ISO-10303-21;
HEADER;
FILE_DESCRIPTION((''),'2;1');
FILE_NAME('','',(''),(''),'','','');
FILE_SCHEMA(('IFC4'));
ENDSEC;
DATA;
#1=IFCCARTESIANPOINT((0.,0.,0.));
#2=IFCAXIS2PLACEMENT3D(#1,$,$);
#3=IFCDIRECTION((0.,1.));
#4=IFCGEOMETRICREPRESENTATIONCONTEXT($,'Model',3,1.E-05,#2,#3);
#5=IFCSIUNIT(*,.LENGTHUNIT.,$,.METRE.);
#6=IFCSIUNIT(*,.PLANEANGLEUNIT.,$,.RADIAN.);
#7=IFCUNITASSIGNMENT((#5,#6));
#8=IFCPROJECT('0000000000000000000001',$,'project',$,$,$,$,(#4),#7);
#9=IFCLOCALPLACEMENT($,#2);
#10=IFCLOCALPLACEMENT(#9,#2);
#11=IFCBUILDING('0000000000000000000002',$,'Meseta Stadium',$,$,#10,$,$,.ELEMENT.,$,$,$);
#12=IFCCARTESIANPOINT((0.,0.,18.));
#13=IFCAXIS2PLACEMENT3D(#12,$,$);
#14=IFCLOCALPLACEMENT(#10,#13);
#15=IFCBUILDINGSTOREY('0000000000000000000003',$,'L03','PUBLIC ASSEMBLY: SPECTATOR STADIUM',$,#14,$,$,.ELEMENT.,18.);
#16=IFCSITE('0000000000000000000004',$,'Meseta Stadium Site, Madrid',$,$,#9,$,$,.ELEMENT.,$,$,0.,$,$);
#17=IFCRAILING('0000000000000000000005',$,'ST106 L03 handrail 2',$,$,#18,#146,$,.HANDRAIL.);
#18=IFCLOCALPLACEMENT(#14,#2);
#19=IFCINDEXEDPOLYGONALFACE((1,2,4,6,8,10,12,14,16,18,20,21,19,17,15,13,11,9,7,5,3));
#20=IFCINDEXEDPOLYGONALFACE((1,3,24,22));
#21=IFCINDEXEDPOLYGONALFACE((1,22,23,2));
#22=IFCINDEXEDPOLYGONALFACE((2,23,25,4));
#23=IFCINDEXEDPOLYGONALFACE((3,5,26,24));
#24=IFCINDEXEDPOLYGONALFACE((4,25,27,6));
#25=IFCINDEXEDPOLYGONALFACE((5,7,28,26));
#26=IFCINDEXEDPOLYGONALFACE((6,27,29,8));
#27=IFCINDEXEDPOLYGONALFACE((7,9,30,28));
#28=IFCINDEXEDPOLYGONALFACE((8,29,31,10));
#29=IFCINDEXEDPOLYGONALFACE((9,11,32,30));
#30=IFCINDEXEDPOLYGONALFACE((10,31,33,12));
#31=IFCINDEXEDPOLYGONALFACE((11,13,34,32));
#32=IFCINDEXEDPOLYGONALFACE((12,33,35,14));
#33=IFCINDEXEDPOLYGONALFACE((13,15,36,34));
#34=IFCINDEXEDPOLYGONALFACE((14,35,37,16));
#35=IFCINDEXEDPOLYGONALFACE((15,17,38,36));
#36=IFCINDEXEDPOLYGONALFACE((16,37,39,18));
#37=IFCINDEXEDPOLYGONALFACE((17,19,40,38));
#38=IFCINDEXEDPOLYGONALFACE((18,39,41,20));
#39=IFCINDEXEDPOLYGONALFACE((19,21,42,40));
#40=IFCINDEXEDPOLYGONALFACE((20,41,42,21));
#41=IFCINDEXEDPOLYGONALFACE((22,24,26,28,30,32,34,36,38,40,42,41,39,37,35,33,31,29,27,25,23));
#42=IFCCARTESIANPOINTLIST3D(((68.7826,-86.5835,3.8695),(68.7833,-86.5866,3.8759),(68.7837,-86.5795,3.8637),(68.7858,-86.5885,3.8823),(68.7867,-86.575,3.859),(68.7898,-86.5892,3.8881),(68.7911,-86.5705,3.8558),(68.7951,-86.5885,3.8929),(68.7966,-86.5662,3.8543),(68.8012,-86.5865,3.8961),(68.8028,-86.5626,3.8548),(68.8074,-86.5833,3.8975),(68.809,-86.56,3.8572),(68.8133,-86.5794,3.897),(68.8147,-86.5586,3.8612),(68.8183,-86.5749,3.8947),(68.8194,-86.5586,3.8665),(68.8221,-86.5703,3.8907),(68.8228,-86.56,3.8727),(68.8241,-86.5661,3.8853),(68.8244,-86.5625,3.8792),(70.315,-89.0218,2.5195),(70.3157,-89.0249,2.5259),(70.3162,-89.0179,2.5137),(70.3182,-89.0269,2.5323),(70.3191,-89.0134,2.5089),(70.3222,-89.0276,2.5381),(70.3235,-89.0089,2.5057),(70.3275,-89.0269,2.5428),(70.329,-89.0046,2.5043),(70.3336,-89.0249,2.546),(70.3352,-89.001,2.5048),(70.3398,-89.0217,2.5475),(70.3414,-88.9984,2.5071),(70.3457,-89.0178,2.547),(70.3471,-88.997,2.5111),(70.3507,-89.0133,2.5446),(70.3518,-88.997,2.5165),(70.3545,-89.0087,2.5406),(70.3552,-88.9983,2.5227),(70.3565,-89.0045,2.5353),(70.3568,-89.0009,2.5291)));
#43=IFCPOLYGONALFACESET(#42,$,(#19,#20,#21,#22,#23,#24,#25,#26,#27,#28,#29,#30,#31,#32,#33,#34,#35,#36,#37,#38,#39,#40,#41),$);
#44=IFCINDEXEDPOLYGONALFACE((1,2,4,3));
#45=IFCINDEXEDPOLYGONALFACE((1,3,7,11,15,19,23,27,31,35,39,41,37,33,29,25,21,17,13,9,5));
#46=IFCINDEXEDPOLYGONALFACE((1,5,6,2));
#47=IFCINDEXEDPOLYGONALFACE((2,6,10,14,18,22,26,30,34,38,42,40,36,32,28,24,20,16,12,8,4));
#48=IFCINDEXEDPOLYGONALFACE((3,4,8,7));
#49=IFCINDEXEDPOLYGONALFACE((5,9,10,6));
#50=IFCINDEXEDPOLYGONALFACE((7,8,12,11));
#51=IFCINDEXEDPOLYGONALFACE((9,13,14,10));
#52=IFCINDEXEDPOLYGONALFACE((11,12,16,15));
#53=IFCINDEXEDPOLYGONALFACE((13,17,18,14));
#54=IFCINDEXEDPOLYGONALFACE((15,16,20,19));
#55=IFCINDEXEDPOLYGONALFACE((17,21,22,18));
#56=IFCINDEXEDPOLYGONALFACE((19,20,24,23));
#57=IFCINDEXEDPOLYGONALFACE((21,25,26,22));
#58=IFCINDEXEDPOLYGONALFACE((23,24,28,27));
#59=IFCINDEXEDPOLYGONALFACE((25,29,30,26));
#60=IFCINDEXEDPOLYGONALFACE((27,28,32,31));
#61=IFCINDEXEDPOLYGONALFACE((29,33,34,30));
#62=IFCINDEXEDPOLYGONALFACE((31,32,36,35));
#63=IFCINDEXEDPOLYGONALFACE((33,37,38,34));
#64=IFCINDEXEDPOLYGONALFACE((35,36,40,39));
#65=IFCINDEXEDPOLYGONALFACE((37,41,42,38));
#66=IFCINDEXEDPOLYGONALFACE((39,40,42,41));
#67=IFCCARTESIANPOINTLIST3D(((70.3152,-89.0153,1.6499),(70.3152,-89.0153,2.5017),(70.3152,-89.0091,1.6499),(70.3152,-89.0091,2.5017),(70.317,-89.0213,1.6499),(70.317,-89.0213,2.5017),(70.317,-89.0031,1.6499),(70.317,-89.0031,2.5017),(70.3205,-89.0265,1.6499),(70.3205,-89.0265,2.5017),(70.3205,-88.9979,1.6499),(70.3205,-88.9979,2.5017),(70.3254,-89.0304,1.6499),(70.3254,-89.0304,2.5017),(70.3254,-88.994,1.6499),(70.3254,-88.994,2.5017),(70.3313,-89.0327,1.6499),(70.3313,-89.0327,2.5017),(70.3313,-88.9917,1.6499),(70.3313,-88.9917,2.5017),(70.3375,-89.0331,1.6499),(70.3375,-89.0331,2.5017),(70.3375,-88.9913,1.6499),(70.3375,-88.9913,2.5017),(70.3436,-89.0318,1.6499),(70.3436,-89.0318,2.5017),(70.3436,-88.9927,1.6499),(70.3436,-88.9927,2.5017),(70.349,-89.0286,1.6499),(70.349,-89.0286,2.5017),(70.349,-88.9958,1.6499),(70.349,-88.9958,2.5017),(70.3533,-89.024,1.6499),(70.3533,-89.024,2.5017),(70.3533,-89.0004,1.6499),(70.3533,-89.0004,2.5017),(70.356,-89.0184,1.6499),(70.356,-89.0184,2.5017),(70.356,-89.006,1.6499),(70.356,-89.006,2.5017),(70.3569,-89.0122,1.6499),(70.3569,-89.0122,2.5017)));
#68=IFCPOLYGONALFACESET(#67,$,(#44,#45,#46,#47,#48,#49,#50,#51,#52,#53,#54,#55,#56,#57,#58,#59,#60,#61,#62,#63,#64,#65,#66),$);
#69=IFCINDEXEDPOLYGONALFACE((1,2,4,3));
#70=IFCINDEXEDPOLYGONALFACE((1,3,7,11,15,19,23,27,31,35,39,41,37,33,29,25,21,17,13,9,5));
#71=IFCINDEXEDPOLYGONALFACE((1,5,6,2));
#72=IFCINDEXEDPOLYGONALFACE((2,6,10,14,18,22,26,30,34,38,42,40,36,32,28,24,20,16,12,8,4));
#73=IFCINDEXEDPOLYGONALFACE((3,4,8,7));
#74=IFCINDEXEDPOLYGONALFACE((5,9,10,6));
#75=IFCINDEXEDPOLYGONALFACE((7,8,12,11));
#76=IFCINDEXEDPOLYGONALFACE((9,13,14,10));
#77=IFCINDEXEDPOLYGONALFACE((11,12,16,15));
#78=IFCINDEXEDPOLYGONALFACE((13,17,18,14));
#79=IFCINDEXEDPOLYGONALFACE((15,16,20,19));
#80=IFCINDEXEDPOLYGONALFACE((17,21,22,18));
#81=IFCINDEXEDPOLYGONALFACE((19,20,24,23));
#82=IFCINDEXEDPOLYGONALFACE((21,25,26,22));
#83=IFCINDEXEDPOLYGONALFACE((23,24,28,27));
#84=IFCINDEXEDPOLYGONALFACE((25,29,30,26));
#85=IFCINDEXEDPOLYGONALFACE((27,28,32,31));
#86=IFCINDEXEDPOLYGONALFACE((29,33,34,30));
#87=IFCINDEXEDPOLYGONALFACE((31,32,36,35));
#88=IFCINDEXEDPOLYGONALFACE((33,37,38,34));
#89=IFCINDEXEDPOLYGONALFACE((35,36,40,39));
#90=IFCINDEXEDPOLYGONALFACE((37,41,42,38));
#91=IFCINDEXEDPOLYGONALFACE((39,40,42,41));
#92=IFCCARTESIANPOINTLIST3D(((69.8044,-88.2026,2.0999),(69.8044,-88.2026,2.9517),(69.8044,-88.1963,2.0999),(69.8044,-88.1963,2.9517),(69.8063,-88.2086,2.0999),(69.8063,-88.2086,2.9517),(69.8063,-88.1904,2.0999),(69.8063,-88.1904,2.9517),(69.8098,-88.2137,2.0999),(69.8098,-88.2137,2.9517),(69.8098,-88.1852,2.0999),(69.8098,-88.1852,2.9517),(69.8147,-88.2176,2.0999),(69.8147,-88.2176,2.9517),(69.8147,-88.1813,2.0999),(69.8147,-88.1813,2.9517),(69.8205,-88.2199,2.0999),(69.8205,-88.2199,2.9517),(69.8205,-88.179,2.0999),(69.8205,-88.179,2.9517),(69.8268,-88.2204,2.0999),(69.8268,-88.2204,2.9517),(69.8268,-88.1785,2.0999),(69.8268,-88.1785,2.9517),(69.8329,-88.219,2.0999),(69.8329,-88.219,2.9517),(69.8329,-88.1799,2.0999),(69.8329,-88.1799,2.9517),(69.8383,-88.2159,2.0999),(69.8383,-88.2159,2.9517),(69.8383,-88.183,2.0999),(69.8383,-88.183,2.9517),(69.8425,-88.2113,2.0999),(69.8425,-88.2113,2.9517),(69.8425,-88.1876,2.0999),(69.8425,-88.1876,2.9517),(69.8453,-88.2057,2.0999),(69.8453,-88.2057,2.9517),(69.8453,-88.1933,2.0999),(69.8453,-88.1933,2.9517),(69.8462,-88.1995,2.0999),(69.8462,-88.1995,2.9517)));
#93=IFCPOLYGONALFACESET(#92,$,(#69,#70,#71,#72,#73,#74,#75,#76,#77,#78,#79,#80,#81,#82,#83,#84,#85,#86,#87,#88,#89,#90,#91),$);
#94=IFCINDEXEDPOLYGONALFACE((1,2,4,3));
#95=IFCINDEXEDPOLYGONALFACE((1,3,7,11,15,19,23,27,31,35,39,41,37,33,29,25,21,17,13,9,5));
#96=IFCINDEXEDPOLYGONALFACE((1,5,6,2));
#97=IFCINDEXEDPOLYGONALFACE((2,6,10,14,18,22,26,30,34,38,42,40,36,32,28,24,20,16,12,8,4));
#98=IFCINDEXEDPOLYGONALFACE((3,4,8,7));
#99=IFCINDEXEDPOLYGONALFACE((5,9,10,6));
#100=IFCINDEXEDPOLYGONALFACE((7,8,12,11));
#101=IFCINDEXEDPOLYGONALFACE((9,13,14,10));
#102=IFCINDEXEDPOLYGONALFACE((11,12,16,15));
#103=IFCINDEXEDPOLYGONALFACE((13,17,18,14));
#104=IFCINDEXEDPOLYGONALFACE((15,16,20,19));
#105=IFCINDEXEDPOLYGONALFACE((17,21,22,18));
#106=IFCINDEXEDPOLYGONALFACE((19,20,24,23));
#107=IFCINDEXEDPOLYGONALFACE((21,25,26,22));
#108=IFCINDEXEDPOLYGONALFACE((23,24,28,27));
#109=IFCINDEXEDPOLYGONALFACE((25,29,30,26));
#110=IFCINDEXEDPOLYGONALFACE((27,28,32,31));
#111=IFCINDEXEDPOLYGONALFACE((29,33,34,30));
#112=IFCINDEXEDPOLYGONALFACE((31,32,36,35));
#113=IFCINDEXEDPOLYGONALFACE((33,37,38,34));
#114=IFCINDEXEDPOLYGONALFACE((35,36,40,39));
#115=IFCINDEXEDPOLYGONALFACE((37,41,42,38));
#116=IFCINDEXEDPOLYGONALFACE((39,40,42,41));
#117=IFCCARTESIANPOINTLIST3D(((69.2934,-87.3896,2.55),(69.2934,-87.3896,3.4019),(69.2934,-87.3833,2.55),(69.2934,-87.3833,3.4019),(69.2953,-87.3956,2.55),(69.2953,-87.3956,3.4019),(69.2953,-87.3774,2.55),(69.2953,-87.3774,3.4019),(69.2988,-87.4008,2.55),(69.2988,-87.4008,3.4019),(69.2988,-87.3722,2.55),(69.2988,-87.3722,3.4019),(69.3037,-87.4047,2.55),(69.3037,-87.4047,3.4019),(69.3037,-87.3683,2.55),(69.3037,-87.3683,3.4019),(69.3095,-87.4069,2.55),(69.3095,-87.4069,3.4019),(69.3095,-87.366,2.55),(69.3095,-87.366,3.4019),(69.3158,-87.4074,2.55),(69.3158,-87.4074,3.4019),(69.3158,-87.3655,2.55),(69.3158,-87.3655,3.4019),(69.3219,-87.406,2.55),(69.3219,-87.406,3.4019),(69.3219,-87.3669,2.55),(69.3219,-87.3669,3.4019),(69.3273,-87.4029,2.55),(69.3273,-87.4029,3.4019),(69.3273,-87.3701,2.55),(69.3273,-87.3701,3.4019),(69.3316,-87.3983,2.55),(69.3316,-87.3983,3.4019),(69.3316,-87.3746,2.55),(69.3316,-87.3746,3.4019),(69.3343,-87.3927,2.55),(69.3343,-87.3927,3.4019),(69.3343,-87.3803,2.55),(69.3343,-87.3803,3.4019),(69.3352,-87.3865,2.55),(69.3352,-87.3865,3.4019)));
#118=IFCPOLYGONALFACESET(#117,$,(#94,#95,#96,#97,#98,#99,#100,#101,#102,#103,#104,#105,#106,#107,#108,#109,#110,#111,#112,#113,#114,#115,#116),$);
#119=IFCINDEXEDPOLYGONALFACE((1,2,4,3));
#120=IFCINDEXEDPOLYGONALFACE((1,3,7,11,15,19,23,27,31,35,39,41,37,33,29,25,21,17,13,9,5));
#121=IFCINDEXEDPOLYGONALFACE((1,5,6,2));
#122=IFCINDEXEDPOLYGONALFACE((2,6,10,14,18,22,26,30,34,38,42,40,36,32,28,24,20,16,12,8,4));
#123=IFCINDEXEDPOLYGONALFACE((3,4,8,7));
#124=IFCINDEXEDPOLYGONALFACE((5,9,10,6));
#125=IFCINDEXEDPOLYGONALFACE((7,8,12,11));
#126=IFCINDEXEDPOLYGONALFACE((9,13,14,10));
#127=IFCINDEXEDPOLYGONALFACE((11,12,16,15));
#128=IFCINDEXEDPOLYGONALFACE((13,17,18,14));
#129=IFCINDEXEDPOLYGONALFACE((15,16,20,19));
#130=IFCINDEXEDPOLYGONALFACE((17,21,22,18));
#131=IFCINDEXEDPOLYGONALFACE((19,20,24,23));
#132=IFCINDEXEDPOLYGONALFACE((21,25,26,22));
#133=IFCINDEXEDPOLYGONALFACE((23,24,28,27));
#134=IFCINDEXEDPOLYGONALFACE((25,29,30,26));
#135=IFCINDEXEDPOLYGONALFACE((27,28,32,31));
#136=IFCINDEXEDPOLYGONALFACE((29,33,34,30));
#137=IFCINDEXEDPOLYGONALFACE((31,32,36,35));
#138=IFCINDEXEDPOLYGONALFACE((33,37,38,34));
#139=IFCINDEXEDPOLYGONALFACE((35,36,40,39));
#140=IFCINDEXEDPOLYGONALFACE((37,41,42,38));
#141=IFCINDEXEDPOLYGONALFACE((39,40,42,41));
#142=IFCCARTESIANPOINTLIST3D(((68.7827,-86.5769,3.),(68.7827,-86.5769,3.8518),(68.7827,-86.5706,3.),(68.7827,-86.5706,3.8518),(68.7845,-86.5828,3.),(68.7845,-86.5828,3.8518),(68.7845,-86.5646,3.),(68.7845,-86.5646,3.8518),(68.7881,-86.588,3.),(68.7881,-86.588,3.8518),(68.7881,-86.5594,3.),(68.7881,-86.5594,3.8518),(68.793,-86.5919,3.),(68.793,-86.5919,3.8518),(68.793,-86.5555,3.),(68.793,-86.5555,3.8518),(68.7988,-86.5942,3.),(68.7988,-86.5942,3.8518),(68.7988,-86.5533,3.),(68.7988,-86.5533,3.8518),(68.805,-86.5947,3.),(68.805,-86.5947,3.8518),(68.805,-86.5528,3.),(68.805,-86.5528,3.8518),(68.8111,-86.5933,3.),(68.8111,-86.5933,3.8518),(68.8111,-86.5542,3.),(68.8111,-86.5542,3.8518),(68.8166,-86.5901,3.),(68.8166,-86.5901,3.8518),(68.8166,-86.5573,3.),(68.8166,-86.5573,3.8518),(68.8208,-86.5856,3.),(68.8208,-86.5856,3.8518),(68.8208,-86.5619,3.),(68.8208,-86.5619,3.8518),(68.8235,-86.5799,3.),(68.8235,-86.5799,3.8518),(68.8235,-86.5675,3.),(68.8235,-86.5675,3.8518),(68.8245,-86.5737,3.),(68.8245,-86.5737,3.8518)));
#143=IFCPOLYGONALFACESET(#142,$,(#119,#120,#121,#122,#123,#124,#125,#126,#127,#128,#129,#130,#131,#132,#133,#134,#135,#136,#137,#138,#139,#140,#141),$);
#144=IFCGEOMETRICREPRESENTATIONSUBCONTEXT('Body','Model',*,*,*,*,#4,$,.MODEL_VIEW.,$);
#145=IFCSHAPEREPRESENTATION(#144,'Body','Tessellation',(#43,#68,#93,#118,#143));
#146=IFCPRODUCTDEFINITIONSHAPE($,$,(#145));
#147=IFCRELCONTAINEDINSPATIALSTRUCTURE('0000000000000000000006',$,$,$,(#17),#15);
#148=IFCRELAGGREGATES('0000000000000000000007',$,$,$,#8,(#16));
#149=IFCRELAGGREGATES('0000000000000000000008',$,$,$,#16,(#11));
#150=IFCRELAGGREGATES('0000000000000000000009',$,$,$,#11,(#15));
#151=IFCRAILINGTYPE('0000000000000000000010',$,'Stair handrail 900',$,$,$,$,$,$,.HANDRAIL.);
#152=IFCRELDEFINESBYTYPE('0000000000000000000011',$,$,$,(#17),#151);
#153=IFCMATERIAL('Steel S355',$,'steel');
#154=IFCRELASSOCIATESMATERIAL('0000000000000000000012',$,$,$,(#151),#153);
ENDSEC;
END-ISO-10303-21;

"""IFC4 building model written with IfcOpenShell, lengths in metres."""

from ifc_helpers import new_model, si_unit, direction, frame, origin, origin_2d, place, context, subcontext, project, spatial, circle, extrude, material, type_object, element, save


model = new_model("IFC4")

# Units and contexts
model_context = context("Model", 3, precision=1e-05, world=origin(), true_north=direction((0.0, 1.0)))
body_context = subcontext(model_context, "Body", "Model", "MODEL_VIEW")
ifc_project = project(units=[si_unit("LENGTHUNIT", "METRE"), si_unit("PLANEANGLEUNIT", "RADIAN")], contexts=[model_context])

# Site, building, storey
site_placement = place(None, origin())
site = spatial("IfcSite", under=ifc_project, at=site_placement, Name="Meseta Stadium Site, Madrid", CompositionType="ELEMENT", RefElevation=0.0)
building_placement = place(site_placement, origin())
building = spatial("IfcBuilding", under=site, at=building_placement, Name="Meseta Stadium", CompositionType="ELEMENT")
storey_placement = place(building_placement, frame((0.0, 0.0, 18.0)))
storey = spatial("IfcBuildingStorey", under=building, at=storey_placement, Name="L03", Description="PUBLIC ASSEMBLY: SPECTATOR STADIUM", CompositionType="ELEMENT", Elevation=18.0)

# Railing
ifc_material_1 = material(Name="Steel S355", Category="steel")
railing_type_1 = type_object("IfcRailingType", Name="Stair handrail 900", PredefinedType="HANDRAIL", material=ifc_material_1)
for number, where, name in (
    (1, (70.3359, -89.0122, 1.6499), "ST106 L03 handrail 2"),
):
    element("IfcRailing", number, at=place(storey_placement, frame(where)), inside=storey, type_object=railing_type_1, Name=name, PredefinedType="HANDRAIL", context=body_context, shape_type="SweptSolid", body=[
        extrude(circle(Radius=0.0239, at=origin_2d()), frame((0.0, 0.0, 0.876), z_axis=(-0.48179, 0.766627, 0.424454), x_axis=(-0.846681, -0.5321, 0.0)), (0.0, 0.0, 1.0), 3.1807),
        extrude(circle(Radius=0.021, at=origin_2d()), origin(), (0.0, 0.0, 1.0), 0.8518),
        extrude(circle(Radius=0.021, at=origin_2d()), frame((-0.5107, 0.8127, 0.45)), (0.0, 0.0, 1.0), 0.8518),
        extrude(circle(Radius=0.021, at=origin_2d()), frame((-1.0217, 1.6257, 0.9001)), (0.0, 0.0, 1.0), 0.8518),
        extrude(circle(Radius=0.021, at=origin_2d()), frame((-1.5325, 2.4385, 1.3501)), (0.0, 0.0, 1.0), 0.8518),
    ])

save(model, "model.ifc")
